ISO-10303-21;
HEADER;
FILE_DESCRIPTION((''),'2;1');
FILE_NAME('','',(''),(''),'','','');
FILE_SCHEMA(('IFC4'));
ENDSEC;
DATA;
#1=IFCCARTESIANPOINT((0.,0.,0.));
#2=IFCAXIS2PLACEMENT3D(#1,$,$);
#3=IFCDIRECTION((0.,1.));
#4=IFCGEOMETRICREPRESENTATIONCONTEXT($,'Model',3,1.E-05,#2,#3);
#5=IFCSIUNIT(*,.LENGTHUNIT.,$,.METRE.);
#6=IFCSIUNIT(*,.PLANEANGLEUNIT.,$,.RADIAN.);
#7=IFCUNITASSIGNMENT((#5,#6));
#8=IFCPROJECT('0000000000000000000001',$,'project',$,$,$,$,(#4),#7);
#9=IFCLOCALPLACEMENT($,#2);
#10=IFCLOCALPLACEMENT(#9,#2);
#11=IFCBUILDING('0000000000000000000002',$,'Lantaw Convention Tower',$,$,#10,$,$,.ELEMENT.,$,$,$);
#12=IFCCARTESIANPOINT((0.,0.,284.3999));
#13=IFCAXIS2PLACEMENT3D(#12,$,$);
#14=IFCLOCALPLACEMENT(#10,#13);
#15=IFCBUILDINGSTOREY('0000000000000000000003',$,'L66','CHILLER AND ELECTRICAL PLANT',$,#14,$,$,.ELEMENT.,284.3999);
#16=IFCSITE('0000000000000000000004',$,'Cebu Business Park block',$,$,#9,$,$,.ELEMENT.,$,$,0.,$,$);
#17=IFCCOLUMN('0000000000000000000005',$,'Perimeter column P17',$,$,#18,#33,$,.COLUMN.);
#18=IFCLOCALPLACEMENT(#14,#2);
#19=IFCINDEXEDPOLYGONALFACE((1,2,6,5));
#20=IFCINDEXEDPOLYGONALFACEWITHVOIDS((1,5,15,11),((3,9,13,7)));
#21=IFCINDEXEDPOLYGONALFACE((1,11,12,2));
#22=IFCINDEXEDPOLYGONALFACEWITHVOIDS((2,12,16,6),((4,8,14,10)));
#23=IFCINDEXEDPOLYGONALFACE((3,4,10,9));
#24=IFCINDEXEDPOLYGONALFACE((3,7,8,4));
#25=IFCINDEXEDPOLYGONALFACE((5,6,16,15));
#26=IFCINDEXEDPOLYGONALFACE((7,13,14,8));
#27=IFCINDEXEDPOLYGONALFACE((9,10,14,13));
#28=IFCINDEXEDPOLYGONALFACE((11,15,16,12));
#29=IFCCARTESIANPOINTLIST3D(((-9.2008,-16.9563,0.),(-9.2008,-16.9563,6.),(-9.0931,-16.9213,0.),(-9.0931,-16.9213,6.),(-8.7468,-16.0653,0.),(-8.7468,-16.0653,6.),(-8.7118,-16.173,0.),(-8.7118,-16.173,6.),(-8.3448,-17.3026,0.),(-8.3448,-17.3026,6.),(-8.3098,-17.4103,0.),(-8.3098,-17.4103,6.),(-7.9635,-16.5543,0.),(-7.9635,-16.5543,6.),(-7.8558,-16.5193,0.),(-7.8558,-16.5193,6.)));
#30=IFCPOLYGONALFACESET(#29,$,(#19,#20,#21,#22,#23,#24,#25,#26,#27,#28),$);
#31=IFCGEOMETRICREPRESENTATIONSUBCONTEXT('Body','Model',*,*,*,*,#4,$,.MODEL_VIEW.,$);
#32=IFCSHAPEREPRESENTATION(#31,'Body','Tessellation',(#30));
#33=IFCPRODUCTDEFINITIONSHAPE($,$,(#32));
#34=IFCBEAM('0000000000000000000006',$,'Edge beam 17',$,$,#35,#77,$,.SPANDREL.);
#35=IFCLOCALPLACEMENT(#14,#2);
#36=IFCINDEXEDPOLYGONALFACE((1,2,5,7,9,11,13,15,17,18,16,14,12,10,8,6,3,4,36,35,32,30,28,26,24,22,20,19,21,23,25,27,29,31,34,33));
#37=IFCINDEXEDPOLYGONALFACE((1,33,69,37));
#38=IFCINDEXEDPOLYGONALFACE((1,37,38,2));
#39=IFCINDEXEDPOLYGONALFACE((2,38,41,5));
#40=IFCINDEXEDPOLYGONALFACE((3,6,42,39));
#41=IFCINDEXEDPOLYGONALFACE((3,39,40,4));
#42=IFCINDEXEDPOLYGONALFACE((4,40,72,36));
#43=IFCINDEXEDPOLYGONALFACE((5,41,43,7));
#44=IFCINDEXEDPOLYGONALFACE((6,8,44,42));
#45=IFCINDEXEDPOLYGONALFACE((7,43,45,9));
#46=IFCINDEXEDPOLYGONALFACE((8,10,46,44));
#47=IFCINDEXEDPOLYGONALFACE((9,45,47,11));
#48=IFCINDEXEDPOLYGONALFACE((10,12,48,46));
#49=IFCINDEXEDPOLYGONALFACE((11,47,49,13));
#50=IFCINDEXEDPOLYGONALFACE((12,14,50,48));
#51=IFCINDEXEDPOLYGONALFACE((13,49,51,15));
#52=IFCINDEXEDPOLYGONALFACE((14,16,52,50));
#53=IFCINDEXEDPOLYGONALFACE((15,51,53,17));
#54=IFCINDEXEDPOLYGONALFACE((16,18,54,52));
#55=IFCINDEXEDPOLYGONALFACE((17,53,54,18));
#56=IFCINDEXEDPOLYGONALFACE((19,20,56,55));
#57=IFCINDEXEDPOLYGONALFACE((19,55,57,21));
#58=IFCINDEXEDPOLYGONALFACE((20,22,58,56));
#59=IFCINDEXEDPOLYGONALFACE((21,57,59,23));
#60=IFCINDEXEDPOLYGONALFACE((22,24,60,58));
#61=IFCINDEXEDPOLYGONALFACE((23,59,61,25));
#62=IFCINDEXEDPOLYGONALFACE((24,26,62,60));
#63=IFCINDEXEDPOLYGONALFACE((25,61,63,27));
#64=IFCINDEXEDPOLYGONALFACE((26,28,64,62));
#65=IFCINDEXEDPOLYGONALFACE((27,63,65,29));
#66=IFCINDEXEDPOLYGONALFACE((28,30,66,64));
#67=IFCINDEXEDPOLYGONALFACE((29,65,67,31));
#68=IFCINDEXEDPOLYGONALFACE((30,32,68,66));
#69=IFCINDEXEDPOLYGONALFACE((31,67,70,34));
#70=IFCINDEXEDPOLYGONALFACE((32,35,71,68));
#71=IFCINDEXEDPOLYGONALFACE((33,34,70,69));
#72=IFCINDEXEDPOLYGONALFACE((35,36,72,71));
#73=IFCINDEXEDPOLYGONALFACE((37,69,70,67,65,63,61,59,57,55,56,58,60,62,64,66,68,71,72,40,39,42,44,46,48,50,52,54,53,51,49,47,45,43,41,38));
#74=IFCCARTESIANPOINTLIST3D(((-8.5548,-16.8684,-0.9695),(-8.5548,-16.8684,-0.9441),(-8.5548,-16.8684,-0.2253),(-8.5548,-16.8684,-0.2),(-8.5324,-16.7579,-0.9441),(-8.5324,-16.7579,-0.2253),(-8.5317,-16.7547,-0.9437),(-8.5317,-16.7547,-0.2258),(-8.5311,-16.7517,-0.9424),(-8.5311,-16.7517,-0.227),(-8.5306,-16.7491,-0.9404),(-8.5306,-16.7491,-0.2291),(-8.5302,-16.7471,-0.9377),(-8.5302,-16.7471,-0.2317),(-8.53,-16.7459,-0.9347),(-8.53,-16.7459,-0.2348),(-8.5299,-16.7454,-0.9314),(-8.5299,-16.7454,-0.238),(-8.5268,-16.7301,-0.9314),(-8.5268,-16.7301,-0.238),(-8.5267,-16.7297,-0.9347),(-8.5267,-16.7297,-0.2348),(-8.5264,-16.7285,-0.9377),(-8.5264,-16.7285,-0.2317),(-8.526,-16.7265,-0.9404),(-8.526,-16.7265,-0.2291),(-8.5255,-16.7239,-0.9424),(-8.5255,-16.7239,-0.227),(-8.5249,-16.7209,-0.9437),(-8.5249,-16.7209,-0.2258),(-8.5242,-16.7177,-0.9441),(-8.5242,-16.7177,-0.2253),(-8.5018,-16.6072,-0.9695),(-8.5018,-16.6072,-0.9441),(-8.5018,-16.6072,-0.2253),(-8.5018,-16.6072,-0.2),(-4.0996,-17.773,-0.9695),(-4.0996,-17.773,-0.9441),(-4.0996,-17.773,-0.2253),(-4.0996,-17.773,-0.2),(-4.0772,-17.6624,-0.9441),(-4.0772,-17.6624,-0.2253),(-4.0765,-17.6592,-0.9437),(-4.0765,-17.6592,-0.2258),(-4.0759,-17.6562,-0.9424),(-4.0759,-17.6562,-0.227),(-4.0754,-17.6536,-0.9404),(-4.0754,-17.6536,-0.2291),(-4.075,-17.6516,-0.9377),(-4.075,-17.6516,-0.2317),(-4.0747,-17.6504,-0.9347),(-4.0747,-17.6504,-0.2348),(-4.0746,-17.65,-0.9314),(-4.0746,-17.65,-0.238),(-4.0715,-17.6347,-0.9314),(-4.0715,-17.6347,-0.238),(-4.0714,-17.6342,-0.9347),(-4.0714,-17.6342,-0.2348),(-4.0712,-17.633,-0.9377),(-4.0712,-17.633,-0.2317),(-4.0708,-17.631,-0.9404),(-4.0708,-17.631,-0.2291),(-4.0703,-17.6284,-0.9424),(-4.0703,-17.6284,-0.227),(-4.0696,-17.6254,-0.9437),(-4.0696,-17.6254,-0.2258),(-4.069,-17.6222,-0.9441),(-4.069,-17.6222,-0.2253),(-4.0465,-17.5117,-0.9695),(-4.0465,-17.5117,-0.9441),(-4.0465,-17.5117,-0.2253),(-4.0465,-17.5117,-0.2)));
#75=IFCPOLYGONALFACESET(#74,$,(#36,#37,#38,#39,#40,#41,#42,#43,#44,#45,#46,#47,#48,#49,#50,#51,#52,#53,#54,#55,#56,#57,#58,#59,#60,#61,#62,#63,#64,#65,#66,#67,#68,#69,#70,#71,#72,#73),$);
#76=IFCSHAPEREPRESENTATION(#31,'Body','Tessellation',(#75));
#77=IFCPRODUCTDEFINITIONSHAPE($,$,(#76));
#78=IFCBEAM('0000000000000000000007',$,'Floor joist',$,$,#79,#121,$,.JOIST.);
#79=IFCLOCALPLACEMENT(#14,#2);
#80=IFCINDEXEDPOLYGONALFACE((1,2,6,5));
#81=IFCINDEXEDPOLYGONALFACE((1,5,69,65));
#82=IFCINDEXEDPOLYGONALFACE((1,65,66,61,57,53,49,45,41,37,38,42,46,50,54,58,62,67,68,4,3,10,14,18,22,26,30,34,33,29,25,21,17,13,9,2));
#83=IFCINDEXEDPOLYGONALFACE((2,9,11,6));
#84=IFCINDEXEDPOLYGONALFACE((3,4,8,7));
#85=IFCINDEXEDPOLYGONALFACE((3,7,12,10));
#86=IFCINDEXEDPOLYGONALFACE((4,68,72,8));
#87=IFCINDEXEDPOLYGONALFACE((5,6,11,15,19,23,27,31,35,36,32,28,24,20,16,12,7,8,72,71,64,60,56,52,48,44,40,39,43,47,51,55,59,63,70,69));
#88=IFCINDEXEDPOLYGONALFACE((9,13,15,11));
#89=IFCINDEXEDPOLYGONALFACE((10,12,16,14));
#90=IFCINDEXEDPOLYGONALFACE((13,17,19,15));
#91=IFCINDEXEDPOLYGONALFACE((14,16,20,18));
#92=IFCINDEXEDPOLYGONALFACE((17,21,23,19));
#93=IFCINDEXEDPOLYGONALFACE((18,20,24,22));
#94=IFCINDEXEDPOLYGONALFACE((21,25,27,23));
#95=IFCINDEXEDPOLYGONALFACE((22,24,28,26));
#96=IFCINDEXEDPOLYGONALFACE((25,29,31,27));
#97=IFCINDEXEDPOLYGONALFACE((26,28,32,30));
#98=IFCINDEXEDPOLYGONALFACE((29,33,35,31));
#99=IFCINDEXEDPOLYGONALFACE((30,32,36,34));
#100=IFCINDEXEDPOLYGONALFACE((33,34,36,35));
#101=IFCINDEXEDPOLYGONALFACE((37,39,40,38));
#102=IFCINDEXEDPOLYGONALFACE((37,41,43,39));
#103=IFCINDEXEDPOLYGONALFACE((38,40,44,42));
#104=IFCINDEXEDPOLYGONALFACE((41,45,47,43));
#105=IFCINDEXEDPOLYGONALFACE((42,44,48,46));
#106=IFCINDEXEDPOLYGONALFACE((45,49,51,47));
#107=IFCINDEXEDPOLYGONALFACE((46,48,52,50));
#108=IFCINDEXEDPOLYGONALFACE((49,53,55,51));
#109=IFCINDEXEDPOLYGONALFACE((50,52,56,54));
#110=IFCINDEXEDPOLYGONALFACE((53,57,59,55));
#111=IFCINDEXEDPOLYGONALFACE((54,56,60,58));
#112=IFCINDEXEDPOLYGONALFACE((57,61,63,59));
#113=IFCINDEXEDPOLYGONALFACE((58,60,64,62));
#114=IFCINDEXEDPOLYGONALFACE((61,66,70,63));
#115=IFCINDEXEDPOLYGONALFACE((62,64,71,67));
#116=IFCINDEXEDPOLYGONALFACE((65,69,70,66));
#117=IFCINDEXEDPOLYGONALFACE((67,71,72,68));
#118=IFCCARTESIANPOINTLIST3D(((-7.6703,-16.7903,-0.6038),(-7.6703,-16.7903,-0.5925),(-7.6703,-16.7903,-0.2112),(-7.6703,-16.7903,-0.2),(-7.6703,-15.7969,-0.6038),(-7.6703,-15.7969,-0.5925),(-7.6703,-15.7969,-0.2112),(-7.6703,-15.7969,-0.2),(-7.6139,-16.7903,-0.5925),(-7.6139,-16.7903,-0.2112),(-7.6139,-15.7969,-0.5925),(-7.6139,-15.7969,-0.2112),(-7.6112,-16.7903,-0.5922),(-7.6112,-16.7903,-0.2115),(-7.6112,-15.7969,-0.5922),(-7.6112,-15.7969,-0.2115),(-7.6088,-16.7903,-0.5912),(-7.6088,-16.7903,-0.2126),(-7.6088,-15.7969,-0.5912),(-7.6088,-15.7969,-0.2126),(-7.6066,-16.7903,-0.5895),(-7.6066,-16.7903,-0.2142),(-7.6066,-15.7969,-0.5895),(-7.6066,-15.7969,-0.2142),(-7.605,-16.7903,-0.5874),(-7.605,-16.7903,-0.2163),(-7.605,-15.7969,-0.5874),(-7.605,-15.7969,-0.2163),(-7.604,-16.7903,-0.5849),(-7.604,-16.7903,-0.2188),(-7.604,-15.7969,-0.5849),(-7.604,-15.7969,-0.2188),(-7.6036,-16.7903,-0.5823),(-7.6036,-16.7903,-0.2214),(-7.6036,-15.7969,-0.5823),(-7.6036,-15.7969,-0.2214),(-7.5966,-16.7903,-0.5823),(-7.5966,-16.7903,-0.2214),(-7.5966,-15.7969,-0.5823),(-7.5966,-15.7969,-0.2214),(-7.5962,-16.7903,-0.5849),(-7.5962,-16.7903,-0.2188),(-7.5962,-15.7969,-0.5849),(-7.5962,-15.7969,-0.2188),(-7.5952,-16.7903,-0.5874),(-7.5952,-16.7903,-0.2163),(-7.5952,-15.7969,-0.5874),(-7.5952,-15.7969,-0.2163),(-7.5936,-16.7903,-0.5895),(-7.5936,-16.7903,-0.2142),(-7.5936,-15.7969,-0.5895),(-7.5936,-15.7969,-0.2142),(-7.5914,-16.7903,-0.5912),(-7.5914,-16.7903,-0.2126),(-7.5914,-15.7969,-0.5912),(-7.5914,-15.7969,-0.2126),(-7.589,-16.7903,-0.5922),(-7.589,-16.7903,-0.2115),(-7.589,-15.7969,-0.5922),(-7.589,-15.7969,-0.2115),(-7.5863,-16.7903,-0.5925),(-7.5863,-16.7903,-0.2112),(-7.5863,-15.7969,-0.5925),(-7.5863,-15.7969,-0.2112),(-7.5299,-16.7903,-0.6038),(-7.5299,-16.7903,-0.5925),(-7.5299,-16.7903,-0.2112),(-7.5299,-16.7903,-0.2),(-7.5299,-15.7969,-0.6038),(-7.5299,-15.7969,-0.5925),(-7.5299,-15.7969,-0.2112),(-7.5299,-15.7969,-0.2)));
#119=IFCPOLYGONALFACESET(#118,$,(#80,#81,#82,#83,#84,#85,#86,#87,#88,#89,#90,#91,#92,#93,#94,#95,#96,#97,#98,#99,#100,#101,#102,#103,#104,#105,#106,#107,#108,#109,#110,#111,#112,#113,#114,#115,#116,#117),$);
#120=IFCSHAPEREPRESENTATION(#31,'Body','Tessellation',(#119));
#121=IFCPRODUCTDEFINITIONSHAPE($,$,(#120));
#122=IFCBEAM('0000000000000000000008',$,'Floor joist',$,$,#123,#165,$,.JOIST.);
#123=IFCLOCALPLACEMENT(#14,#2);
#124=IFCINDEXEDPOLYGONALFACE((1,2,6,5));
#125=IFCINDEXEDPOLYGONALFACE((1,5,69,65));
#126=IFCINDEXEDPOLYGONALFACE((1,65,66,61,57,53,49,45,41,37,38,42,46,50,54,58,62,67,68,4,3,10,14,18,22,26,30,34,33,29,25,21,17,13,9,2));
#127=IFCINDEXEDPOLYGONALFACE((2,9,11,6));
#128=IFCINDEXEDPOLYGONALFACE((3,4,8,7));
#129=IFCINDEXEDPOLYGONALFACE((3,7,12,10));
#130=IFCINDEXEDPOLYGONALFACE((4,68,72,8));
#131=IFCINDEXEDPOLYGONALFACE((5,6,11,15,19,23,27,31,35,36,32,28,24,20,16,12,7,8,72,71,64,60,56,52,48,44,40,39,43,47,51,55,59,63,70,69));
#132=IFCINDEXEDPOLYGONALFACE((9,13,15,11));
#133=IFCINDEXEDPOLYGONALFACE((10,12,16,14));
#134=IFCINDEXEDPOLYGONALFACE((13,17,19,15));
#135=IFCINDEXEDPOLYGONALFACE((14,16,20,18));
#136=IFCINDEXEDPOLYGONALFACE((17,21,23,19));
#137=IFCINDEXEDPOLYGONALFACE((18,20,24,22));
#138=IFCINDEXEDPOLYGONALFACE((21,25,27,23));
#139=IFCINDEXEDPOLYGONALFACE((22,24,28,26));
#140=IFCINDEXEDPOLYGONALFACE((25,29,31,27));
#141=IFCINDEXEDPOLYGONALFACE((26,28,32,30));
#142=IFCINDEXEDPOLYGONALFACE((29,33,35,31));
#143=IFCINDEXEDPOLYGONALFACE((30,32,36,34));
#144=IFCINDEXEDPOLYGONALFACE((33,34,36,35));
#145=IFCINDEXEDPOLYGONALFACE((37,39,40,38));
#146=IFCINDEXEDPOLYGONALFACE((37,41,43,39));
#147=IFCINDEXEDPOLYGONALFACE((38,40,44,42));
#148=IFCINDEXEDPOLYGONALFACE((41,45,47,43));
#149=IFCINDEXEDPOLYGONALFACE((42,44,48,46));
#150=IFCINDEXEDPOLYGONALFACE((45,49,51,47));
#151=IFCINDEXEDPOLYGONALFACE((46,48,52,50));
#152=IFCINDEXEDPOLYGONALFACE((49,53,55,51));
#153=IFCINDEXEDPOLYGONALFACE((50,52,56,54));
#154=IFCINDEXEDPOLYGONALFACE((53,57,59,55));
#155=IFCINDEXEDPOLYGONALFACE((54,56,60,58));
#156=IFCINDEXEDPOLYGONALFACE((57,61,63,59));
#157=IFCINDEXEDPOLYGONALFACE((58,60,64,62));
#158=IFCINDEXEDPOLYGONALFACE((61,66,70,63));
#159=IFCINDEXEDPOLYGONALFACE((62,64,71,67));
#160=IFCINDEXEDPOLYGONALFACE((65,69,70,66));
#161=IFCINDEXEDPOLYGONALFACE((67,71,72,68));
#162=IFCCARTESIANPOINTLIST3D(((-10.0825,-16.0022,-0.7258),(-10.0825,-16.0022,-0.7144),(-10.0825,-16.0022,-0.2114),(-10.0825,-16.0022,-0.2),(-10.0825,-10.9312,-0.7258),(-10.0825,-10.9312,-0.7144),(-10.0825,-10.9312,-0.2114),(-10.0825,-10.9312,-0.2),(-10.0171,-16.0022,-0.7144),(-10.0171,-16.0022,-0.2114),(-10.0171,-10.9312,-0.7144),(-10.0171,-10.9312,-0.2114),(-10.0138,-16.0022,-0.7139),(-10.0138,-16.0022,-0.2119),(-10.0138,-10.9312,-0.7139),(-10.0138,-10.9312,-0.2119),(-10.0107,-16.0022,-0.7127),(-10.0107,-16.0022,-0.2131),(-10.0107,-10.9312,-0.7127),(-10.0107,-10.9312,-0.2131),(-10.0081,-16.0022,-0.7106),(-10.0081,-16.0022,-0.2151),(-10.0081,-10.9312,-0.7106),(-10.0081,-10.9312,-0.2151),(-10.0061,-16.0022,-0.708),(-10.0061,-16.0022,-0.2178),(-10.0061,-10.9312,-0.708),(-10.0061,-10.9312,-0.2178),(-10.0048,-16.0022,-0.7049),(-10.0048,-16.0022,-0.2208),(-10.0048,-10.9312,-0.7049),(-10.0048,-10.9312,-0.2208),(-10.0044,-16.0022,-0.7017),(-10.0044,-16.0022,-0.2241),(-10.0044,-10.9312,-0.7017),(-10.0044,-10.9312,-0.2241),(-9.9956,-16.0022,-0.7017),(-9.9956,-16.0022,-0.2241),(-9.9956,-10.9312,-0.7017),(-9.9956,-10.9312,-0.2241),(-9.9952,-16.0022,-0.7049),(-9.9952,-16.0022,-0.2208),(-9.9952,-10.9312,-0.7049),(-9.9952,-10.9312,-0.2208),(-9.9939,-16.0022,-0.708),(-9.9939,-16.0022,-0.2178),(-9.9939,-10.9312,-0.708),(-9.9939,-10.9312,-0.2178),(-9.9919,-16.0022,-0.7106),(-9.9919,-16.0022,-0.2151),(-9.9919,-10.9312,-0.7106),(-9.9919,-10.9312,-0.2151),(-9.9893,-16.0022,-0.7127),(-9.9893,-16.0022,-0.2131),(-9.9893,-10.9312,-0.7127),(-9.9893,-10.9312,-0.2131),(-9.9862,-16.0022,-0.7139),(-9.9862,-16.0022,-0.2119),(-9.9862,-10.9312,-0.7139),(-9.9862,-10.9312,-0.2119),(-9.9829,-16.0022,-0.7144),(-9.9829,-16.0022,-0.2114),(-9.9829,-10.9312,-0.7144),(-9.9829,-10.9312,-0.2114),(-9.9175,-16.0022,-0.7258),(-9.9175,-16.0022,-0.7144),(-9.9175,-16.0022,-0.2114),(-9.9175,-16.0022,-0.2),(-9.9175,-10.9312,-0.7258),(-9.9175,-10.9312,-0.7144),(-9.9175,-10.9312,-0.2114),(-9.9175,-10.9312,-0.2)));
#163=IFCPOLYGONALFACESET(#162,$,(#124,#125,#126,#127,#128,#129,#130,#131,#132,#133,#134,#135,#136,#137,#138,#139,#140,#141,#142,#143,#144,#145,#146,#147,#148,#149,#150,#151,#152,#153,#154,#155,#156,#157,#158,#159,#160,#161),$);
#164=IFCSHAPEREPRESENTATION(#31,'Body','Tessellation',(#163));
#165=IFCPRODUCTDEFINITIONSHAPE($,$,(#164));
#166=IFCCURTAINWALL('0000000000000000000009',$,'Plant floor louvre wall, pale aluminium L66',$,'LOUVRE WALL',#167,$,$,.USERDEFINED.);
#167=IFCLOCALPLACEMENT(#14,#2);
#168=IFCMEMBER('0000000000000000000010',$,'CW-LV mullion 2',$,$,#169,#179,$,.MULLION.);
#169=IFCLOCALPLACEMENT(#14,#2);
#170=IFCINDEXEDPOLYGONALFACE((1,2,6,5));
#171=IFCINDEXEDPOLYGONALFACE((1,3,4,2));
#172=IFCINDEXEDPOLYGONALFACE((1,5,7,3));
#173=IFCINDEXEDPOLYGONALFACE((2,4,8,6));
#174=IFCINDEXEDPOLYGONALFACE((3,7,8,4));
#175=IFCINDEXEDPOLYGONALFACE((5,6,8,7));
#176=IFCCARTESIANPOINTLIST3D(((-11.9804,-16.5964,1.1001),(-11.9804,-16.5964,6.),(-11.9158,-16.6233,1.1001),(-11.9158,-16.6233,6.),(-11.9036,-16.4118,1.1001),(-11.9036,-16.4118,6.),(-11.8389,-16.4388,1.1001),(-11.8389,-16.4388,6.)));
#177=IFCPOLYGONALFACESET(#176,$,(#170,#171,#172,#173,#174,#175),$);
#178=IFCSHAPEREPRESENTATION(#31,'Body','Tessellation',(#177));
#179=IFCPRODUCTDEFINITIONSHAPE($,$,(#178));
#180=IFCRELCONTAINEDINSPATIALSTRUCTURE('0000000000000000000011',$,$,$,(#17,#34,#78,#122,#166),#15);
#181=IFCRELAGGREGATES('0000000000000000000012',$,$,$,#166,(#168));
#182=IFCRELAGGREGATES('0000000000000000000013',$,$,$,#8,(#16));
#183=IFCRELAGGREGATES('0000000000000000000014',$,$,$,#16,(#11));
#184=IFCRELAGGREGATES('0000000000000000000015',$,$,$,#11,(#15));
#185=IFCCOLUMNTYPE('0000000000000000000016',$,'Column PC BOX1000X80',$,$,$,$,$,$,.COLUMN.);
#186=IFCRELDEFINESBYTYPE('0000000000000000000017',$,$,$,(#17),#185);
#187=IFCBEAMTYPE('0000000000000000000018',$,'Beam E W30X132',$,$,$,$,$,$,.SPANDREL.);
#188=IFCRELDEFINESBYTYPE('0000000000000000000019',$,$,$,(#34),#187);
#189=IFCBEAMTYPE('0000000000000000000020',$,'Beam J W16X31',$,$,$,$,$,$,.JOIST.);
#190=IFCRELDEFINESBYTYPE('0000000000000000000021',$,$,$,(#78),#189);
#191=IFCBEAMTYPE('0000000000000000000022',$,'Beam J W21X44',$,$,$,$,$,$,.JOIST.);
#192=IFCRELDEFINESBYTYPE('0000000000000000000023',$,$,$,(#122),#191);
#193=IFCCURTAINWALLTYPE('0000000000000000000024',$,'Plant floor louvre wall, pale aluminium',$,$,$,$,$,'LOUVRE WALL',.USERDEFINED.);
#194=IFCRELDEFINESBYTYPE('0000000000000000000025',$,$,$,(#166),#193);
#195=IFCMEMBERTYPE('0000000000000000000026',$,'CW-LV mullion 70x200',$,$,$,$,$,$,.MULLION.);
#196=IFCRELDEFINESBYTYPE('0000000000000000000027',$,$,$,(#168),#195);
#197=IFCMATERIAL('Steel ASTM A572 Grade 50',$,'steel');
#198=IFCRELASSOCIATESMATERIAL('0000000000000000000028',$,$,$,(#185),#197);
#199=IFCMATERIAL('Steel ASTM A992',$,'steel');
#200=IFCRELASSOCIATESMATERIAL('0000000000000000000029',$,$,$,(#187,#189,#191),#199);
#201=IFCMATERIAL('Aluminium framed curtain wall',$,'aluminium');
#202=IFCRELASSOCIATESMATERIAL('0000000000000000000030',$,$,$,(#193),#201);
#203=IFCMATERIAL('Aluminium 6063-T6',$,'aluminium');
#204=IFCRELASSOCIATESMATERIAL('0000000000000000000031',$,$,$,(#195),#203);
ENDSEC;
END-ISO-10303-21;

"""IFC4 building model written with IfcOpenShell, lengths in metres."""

from ifc_helpers import new_model, si_unit, direction, frame, origin, origin_2d, place, context, subcontext, project, spatial, rectangle, hollow_rectangle, i_section, extrude, material, material_profile, profile_set, type_object, element, aggregate, save


model = new_model("IFC4")

# Units and contexts
model_context = context("Model", 3, precision=1e-05, world=origin(), true_north=direction((0.0, 1.0)))
body_context = subcontext(model_context, "Body", "Model", "MODEL_VIEW")
ifc_project = project(units=[si_unit("LENGTHUNIT", "METRE"), si_unit("PLANEANGLEUNIT", "RADIAN")], contexts=[model_context])

# Site, building, storey
site_placement = place(None, origin())
site = spatial("IfcSite", under=ifc_project, at=site_placement, Name="Cebu Business Park block", CompositionType="ELEMENT", RefElevation=0.0)
building_placement = place(site_placement, origin())
building = spatial("IfcBuilding", under=site, at=building_placement, Name="Lantaw Convention Tower", CompositionType="ELEMENT")
storey_placement = place(building_placement, frame((0.0, 0.0, 284.3999)))
storey = spatial("IfcBuildingStorey", under=building, at=storey_placement, Name="L66", Description="CHILLER AND ELECTRICAL PLANT", CompositionType="ELEMENT", Elevation=284.3999)

# Column
ifc_material_1 = material(Name="Steel ASTM A572 Grade 50", Category="steel")
ifc_material_profile_1 = material_profile(ifc_material_1, hollow_rectangle(XDim=1.0, YDim=1.0, WallThickness=0.0801, at=origin_2d()), Name="BOX1000X80")
ifc_material_2 = material(Name="Concrete C60/75", Category="concrete")
ifc_material_profile_2 = material_profile(ifc_material_2, rectangle(XDim=0.8401, YDim=0.8401, at=origin_2d()), Name="Concrete fill of BOX1000X80")
ifc_profile_set_1 = profile_set([ifc_material_profile_1, ifc_material_profile_2], Name="Steel ASTM A572 Grade 50")
column_type = type_object("IfcColumnType", Name="Column PC BOX1000X80", PredefinedType="COLUMN", material=ifc_profile_set_1)
column_placement = place(storey_placement, frame((-8.5283, -16.7378, 0.0), z_axis=(0.0, 0.0, 1.0), x_axis=(0.45399, 0.891007, 0.0)))
element("IfcColumn", 1, at=column_placement, inside=storey, type_object=column_type, Name="Perimeter column P17", PredefinedType="COLUMN", context=body_context, shape_type="SweptSolid", body=[
    extrude(hollow_rectangle(XDim=1.0, YDim=1.0, WallThickness=0.0801, at=origin_2d()), origin(), (0.0, 0.0, 1.0), 6.0),
])

# Beams
ifc_material_3 = material(Name="Steel ASTM A992", Category="steel")
ifc_material_profile_3 = material_profile(ifc_material_3, i_section(OverallWidth=0.2666, OverallDepth=0.7695, WebThickness=0.0156, FlangeThickness=0.0254, FilletRadius=0.0127, at=origin_2d()), Name="W30X132")
ifc_profile_set_2 = profile_set([ifc_material_profile_3], Name="Steel ASTM A992")
beam_type_1 = type_object("IfcBeamType", Name="Beam E W30X132", PredefinedType="SPANDREL", material=ifc_profile_set_2)
beam_1_placement = place(storey_placement, frame((-8.5283, -16.7378, -0.5847), z_axis=(0.980006, -0.198966, 0.0), x_axis=(0.198966, 0.980006, 0.0)))
element("IfcBeam", 2, at=beam_1_placement, inside=storey, type_object=beam_type_1, Name="Edge beam 17", PredefinedType="SPANDREL", context=body_context, shape_type="SweptSolid", body=[
    extrude(i_section(OverallWidth=0.2666, OverallDepth=0.7695, WebThickness=0.0156, FlangeThickness=0.0254, FilletRadius=0.0127, at=origin_2d()), origin(), (0.0, 0.0, 1.0), 4.5461),
])
ifc_material_profile_4 = material_profile(ifc_material_3, i_section(OverallWidth=0.1404, OverallDepth=0.4038, WebThickness=0.0071, FlangeThickness=0.0112, FilletRadius=0.0103, at=origin_2d()), Name="W16X31")
ifc_profile_set_3 = profile_set([ifc_material_profile_4], Name="Steel ASTM A992")
beam_type_2 = type_object("IfcBeamType", Name="Beam J W16X31", PredefinedType="JOIST", material=ifc_profile_set_3)
beam_2_placement = place(storey_placement, frame((-7.6001, -16.7903, -0.4019), z_axis=(0.0, 1.0, 0.0), x_axis=(-1.0, 0.0, 0.0)))
element("IfcBeam", 3, at=beam_2_placement, inside=storey, type_object=beam_type_2, Name="Floor joist", PredefinedType="JOIST", context=body_context, shape_type="SweptSolid", body=[
    extrude(i_section(OverallWidth=0.1404, OverallDepth=0.4038, WebThickness=0.0071, FlangeThickness=0.0112, FilletRadius=0.0103, at=origin_2d()), origin(), (0.0, 0.0, 1.0), 0.9934),
])
ifc_material_profile_5 = material_profile(ifc_material_3, i_section(OverallWidth=0.165, OverallDepth=0.5259, WebThickness=0.0088, FlangeThickness=0.0115, FilletRadius=0.0127, at=origin_2d()), Name="W21X44")
ifc_profile_set_4 = profile_set([ifc_material_profile_5], Name="Steel ASTM A992")
beam_type_3 = type_object("IfcBeamType", Name="Beam J W21X44", PredefinedType="JOIST", material=ifc_profile_set_4)
beam_3_placement = place(storey_placement, frame((-10.0, -16.0022, -0.4629), z_axis=(0.0, 1.0, 0.0), x_axis=(-1.0, 0.0, 0.0)))
element("IfcBeam", 4, at=beam_3_placement, inside=storey, type_object=beam_type_3, Name="Floor joist", PredefinedType="JOIST", context=body_context, shape_type="SweptSolid", body=[
    extrude(i_section(OverallWidth=0.165, OverallDepth=0.5259, WebThickness=0.0088, FlangeThickness=0.0115, FilletRadius=0.0127, at=origin_2d()), origin(), (0.0, 0.0, 1.0), 5.071),
])

# Curtain wall, member
ifc_material_4 = material(Name="Aluminium framed curtain wall", Category="aluminium")
curtain_wall_type = type_object("IfcCurtainWallType", Name="Plant floor louvre wall, pale aluminium", ElementType="LOUVRE WALL", PredefinedType="USERDEFINED", material=ifc_material_4)
curtain_wall_1_placement = place(storey_placement, origin())
curtain_wall_1 = element("IfcCurtainWall", 5, at=curtain_wall_1_placement, inside=storey, type_object=curtain_wall_type, Name="Plant floor louvre wall, pale aluminium L66", ObjectType="LOUVRE WALL", PredefinedType="USERDEFINED")
ifc_material_5 = material(Name="Aluminium 6063-T6", Category="aluminium")
ifc_material_profile_6 = material_profile(ifc_material_5, rectangle(XDim=0.2, YDim=0.0701, at=origin_2d()), Name="CW-LV mullion 70x200")
ifc_profile_set_5 = profile_set([ifc_material_profile_6], Name="Aluminium 6063-T6")
member_type_1 = type_object("IfcMemberType", Name="CW-LV mullion 70x200", PredefinedType="MULLION", material=ifc_profile_set_5)
member_1_placement = place(storey_placement, frame((-11.9097, -16.5176, 1.1001), z_axis=(0.0, 0.0, 1.0), x_axis=(0.38446, 0.923142, 0.0)))
member_1 = element("IfcMember", 6, at=member_1_placement, type_object=member_type_1, Name="CW-LV mullion 2", PredefinedType="MULLION", context=body_context, shape_type="SweptSolid", body=[
    extrude(rectangle(XDim=0.2, YDim=0.0701, at=origin_2d()), origin(), (0.0, 0.0, 1.0), 4.8999),
])

aggregate(curtain_wall_1, [member_1])

save(model, "model.ifc")
